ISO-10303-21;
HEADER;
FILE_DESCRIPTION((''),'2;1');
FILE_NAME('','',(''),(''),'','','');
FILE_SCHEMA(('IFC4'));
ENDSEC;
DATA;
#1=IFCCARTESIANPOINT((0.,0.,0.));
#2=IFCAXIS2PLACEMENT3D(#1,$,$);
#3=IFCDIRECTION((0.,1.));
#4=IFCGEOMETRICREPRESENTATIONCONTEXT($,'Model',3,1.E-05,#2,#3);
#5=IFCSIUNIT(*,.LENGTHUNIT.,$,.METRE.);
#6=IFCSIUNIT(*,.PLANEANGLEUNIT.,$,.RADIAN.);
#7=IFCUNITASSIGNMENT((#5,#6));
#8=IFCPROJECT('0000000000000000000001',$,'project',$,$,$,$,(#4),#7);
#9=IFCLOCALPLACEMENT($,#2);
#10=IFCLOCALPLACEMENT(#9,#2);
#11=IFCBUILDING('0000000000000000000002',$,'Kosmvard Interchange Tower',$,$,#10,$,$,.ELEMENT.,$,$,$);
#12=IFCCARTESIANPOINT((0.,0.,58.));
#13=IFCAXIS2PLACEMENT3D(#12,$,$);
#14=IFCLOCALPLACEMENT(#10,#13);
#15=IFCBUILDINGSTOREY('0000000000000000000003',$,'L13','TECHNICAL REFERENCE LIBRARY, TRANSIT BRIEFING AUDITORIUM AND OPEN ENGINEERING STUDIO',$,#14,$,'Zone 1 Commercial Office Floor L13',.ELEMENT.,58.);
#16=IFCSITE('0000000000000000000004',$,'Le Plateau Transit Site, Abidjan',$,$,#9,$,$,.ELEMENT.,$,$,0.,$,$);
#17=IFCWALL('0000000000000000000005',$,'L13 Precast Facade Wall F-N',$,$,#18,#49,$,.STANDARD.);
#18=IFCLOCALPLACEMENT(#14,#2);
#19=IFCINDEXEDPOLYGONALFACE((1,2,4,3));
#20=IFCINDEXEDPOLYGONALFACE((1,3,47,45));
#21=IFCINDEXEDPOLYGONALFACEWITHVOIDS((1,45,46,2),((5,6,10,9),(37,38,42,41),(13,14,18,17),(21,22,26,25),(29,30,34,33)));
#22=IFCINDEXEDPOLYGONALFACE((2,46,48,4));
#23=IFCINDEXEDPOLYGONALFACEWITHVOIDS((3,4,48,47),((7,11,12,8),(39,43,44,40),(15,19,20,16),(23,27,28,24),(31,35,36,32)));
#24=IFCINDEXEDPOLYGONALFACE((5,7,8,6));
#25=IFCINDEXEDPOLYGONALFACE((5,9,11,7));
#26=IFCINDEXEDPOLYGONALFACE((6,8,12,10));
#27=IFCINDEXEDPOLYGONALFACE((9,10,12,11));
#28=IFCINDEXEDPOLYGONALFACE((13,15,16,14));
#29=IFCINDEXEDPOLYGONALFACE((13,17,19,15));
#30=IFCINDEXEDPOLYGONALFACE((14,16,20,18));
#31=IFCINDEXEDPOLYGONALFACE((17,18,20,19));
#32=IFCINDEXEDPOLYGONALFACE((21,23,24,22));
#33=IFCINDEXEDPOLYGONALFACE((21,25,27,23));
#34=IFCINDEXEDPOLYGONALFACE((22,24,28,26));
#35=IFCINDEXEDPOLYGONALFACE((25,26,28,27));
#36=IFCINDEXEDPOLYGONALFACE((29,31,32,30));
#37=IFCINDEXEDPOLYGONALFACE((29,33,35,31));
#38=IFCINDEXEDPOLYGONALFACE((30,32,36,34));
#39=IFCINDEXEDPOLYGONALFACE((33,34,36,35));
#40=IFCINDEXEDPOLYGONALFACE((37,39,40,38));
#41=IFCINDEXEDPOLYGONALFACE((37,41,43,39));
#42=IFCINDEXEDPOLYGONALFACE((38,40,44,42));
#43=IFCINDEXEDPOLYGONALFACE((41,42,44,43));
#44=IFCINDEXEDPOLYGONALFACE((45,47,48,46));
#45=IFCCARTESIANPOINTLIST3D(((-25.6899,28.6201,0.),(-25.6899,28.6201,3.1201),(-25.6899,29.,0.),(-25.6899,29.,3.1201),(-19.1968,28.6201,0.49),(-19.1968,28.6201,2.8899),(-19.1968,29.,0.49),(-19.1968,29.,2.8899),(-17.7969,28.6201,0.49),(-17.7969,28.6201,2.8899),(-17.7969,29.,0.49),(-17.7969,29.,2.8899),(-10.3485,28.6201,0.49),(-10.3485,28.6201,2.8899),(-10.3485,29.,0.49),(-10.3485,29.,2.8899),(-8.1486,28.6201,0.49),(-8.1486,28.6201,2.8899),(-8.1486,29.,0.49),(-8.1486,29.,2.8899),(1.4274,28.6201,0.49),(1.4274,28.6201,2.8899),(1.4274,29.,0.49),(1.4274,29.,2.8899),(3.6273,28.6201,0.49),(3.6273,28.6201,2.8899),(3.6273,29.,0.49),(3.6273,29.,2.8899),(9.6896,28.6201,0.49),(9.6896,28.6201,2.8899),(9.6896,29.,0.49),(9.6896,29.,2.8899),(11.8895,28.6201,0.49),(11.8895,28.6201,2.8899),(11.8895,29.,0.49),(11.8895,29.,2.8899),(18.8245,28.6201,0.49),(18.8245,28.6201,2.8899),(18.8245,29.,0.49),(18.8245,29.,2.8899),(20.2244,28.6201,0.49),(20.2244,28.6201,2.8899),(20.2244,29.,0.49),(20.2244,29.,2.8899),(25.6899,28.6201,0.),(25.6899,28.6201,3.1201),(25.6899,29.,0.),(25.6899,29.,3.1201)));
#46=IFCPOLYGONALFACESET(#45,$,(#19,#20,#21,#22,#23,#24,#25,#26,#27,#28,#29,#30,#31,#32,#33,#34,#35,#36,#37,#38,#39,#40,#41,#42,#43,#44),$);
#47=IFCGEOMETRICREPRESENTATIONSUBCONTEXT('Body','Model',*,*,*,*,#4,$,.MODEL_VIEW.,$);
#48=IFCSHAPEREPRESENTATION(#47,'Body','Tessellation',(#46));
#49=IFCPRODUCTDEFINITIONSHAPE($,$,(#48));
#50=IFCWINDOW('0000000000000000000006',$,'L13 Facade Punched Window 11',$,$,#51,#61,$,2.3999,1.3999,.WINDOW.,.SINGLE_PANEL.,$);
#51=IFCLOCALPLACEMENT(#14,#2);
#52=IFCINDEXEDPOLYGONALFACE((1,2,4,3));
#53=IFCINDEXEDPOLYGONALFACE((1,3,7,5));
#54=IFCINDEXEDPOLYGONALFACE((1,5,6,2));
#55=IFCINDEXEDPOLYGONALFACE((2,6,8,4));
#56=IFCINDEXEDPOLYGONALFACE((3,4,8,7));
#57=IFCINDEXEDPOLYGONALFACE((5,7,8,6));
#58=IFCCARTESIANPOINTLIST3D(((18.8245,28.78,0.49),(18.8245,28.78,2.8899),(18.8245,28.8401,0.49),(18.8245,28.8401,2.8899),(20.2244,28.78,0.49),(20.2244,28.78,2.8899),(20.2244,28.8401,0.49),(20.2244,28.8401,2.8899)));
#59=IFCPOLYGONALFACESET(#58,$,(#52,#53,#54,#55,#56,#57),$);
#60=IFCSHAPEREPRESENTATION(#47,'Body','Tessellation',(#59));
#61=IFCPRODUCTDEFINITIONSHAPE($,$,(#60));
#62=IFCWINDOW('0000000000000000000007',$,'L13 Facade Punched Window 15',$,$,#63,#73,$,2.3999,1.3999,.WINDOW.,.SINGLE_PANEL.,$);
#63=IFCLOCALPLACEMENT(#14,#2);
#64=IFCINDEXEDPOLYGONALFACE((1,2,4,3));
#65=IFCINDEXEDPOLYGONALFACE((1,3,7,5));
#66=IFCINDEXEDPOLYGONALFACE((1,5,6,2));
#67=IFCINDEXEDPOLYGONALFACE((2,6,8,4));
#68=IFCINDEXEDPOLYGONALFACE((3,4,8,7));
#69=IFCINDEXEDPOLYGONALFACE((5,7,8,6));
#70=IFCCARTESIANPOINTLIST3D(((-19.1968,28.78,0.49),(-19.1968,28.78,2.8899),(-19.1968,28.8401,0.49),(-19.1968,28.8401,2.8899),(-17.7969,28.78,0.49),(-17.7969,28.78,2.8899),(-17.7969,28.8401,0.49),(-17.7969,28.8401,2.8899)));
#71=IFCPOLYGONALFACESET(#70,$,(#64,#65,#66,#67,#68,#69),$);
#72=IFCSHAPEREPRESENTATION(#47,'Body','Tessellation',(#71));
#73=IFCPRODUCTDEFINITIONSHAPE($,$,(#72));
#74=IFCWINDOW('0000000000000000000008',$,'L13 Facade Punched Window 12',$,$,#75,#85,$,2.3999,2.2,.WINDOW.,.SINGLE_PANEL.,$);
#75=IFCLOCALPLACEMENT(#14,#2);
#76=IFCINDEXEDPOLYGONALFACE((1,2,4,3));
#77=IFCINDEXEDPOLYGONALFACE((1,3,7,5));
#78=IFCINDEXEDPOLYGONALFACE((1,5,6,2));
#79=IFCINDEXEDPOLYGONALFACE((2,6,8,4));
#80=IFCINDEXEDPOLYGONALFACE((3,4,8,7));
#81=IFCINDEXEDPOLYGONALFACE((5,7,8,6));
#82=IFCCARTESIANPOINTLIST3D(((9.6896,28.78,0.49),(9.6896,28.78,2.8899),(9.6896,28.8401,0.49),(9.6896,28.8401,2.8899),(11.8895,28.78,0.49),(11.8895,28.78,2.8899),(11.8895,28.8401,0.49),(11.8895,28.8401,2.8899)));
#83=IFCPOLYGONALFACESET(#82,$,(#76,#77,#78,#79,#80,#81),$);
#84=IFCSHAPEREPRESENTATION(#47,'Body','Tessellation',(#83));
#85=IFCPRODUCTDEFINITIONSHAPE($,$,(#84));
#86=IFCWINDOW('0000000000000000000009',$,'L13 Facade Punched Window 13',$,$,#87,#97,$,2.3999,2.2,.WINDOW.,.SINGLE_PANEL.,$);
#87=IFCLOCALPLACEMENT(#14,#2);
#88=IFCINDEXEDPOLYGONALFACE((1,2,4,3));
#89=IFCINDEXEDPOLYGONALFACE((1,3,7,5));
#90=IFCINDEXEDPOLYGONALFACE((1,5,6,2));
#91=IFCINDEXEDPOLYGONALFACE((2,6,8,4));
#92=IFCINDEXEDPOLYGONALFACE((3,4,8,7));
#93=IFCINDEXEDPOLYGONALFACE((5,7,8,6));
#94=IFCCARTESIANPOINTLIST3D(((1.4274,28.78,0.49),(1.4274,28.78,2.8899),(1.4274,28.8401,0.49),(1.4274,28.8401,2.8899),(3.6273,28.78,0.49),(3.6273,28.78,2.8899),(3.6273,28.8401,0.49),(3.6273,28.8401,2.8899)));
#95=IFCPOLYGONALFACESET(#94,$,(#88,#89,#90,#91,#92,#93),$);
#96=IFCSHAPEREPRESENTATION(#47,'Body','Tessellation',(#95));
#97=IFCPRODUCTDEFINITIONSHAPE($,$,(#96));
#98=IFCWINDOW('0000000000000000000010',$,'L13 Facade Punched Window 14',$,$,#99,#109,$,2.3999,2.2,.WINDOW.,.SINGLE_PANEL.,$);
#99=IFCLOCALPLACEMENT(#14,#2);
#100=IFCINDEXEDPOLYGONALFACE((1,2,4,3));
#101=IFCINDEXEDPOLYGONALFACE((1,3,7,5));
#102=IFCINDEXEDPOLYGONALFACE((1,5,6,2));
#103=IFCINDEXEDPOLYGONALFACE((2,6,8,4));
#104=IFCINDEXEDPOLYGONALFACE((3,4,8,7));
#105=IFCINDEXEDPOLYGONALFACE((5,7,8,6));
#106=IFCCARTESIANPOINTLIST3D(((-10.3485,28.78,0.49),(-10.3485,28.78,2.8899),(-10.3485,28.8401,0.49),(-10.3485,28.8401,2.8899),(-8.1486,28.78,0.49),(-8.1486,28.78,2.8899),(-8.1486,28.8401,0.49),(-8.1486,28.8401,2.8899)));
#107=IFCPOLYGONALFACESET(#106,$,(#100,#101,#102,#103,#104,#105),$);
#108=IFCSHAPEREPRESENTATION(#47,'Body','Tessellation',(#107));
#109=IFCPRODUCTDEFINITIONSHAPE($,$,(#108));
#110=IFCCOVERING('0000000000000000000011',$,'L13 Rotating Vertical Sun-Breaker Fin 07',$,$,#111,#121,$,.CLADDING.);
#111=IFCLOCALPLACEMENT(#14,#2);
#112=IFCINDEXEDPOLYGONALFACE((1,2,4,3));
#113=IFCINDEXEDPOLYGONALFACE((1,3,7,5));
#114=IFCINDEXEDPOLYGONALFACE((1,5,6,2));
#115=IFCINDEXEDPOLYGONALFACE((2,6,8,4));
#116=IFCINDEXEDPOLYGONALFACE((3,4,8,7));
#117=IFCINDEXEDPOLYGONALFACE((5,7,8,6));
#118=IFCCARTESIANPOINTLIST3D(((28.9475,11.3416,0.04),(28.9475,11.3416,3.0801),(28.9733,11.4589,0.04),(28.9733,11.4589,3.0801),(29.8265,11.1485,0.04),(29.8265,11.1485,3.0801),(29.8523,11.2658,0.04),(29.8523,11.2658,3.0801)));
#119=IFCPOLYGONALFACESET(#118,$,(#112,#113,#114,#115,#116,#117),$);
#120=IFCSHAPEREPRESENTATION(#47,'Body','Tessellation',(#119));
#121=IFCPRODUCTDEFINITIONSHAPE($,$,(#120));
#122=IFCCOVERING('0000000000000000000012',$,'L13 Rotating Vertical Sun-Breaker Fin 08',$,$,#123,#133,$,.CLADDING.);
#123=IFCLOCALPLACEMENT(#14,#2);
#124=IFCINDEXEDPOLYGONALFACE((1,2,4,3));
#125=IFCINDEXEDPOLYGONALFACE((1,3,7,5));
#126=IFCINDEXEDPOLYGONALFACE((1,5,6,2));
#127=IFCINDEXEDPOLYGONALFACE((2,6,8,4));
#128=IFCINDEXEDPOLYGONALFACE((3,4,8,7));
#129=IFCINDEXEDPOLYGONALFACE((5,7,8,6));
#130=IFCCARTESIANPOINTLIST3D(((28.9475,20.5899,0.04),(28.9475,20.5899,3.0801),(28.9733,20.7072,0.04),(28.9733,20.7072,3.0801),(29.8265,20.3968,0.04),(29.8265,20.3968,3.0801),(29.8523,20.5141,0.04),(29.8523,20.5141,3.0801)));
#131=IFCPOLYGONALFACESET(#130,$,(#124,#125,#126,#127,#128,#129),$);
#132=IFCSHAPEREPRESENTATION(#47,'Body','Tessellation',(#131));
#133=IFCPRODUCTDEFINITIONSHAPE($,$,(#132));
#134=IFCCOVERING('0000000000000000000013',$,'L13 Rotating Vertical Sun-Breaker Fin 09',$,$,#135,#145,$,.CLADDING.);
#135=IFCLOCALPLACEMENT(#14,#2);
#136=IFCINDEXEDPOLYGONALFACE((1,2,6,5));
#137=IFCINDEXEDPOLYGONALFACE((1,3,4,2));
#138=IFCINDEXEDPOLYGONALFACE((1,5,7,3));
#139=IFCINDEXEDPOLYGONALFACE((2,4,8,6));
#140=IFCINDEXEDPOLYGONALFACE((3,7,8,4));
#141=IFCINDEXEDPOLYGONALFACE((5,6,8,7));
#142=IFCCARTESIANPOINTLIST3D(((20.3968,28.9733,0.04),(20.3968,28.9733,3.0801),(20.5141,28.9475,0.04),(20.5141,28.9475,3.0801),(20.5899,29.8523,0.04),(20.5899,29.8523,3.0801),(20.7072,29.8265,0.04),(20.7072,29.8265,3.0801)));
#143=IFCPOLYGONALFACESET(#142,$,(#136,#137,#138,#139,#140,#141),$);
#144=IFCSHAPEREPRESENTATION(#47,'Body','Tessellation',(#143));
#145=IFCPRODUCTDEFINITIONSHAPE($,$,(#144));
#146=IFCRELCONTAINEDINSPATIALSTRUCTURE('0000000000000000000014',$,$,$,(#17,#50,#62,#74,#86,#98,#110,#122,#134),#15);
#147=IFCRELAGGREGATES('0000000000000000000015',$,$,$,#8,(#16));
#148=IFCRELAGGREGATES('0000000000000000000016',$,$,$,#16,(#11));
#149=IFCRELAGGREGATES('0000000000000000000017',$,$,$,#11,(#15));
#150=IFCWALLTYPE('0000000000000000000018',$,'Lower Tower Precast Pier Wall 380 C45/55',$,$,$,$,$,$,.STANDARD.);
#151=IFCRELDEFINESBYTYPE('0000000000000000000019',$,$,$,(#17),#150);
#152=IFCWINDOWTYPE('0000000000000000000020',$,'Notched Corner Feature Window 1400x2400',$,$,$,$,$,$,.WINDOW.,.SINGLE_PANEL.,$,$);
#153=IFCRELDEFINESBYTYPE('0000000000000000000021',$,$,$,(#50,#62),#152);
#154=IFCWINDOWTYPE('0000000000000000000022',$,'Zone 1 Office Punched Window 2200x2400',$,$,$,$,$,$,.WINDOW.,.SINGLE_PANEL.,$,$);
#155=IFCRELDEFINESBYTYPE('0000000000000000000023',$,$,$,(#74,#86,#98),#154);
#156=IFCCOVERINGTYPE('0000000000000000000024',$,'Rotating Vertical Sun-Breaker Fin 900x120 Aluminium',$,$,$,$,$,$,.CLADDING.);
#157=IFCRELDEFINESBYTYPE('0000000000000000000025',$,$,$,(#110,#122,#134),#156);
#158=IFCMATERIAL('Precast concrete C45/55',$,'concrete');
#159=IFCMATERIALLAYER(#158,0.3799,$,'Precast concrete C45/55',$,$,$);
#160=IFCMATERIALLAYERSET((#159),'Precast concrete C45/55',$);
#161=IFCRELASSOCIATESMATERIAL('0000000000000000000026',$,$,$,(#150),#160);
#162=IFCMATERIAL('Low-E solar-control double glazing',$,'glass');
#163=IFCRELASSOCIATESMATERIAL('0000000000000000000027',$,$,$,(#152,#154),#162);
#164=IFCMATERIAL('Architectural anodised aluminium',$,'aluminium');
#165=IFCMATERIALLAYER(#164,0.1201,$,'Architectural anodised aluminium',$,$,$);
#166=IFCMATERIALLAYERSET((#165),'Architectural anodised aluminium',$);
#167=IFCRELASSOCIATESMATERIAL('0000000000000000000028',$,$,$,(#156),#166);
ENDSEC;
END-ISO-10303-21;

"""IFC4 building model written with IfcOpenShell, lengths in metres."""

from ifc_helpers import new_model, si_unit, direction, frame, frame_2d, origin, origin_2d, place, context, subcontext, project, spatial, rectangle, extrude, source, transform, mapped, material, layer, layer_set, type_object, element, fill, save


model = new_model("IFC4")

# Units and contexts
model_context = context("Model", 3, precision=1e-05, world=origin(), true_north=direction((0.0, 1.0)))
body_context = subcontext(model_context, "Body", "Model", "MODEL_VIEW")
ifc_project = project(units=[si_unit("LENGTHUNIT", "METRE"), si_unit("PLANEANGLEUNIT", "RADIAN")], contexts=[model_context])

# Site, building, storey
site_placement = place(None, origin())
site = spatial("IfcSite", under=ifc_project, at=site_placement, Name="Le Plateau Transit Site, Abidjan", CompositionType="ELEMENT", RefElevation=0.0)
building_placement = place(site_placement, origin())
building = spatial("IfcBuilding", under=site, at=building_placement, Name="Kosmvard Interchange Tower", CompositionType="ELEMENT")
storey_placement = place(building_placement, frame((0.0, 0.0, 58.0)))
storey = spatial("IfcBuildingStorey", under=building, at=storey_placement, Name="L13", Description="TECHNICAL REFERENCE LIBRARY, TRANSIT BRIEFING AUDITORIUM AND OPEN ENGINEERING STUDIO", LongName="Zone 1 Commercial Office Floor L13", CompositionType="ELEMENT", Elevation=58.0)

# Shared definitions
ifc_material_1 = material(Name="Precast concrete C45/55", Category="concrete")

# Shared definitions
ifc_layer_1 = layer(ifc_material_1, 0.3799, Name="Precast concrete C45/55")
ifc_layer_set_1 = layer_set([ifc_layer_1], Name="Precast concrete C45/55")
wall_type = type_object("IfcWallType", Name="Lower Tower Precast Pier Wall 380 C45/55", PredefinedType="STANDARD", material=ifc_layer_set_1)

# Wall, openings, windows
wall_1_placement = place(storey_placement, frame((25.6899, 28.8101, 0.0), z_axis=(0.0, 0.0, 1.0), x_axis=(-1.0, 0.0, 0.0)))
wall_1 = element("IfcWall", 1, at=wall_1_placement, inside=storey, type_object=wall_type, Name="L13 Precast Facade Wall F-N", PredefinedType="STANDARD", context=body_context, shape_type="SweptSolid", body=[
    extrude(rectangle(XDim=51.3799, YDim=0.3799, at=frame_2d((25.6899, 0.0))), origin(), (0.0, 0.0, 1.0), 3.1201),
])
opening_1_placement = place(wall_1_placement, frame((5.4656, 0.0, 0.49)))
opening_1 = element("IfcOpeningElement", 2, at=opening_1_placement, cuts=wall_1, PredefinedType="OPENING", context=body_context, shape_type="SweptSolid", body=[
    extrude(rectangle(XDim=1.3999, YDim=2.3999, at=frame_2d((0.7, 1.2))), frame((0.0, 0.2, 0.0), z_axis=(0.0, -1.0, 0.0), x_axis=(1.0, 0.0, 0.0)), (0.0, 0.0, 1.0), 0.3999),
])
opening_2_placement = place(wall_1_placement, frame((13.8003, 0.0, 0.49)))
opening_2 = element("IfcOpeningElement", 3, at=opening_2_placement, cuts=wall_1, PredefinedType="OPENING", context=body_context, shape_type="SweptSolid", body=[
    extrude(rectangle(XDim=2.2, YDim=2.3999, at=frame_2d((1.1001, 1.2))), frame((0.0, 0.2, 0.0), z_axis=(0.0, -1.0, 0.0), x_axis=(1.0, 0.0, 0.0)), (0.0, 0.0, 1.0), 0.3999),
])
opening_3_placement = place(wall_1_placement, frame((22.0625, 0.0, 0.49)))
opening_3 = element("IfcOpeningElement", 4, at=opening_3_placement, cuts=wall_1, PredefinedType="OPENING", context=body_context, shape_type="SweptSolid", body=[
    extrude(rectangle(XDim=2.2, YDim=2.3999, at=frame_2d((1.1001, 1.2))), frame((0.0, 0.2, 0.0), z_axis=(0.0, -1.0, 0.0), x_axis=(1.0, 0.0, 0.0)), (0.0, 0.0, 1.0), 0.3999),
])
opening_4_placement = place(wall_1_placement, frame((33.8384, 0.0, 0.49)))
opening_4 = element("IfcOpeningElement", 5, at=opening_4_placement, cuts=wall_1, PredefinedType="OPENING", context=body_context, shape_type="SweptSolid", body=[
    extrude(rectangle(XDim=2.2, YDim=2.3999, at=frame_2d((1.1001, 1.2))), frame((0.0, 0.2, 0.0), z_axis=(0.0, -1.0, 0.0), x_axis=(1.0, 0.0, 0.0)), (0.0, 0.0, 1.0), 0.3999),
])
opening_5_placement = place(wall_1_placement, frame((43.4868, 0.0, 0.49)))
opening_5 = element("IfcOpeningElement", 6, at=opening_5_placement, cuts=wall_1, PredefinedType="OPENING", context=body_context, shape_type="SweptSolid", body=[
    extrude(rectangle(XDim=1.3999, YDim=2.3999, at=frame_2d((0.7, 1.2))), frame((0.0, 0.2, 0.0), z_axis=(0.0, -1.0, 0.0), x_axis=(1.0, 0.0, 0.0)), (0.0, 0.0, 1.0), 0.3999),
])
ifc_material_2 = material(Name="Low-E solar-control double glazing", Category="glass")
window_type_1 = type_object("IfcWindowType", Name="Notched Corner Feature Window 1400x2400", PartitioningType="SINGLE_PANEL", PredefinedType="WINDOW", material=ifc_material_2)
shared_shape_1 = source(origin(), body_context, "Body", "SweptSolid", [
    extrude(rectangle(XDim=1.3999, YDim=2.3999, at=frame_2d((0.7, 1.2))), frame((0.0, 0.03, 0.0), z_axis=(0.0, -1.0, 0.0), x_axis=(1.0, 0.0, 0.0)), (0.0, 0.0, 1.0), 0.0601),
])
window_1_placement = place(opening_1_placement, origin())
window_1 = element("IfcWindow", 7, at=window_1_placement, inside=storey, type_object=window_type_1, Name="L13 Facade Punched Window 11", OverallHeight=2.3999, OverallWidth=1.3999, PartitioningType="SINGLE_PANEL", PredefinedType="WINDOW", context=body_context, shape_type="MappedRepresentation", body=[
    mapped(shared_shape_1, transform((0.0, 0.0, 0.0), scale=1.0)),
])
fill(opening_1, window_1)
window_2_placement = place(opening_5_placement, origin())
window_2 = element("IfcWindow", 8, at=window_2_placement, inside=storey, type_object=window_type_1, Name="L13 Facade Punched Window 15", OverallHeight=2.3999, OverallWidth=1.3999, PartitioningType="SINGLE_PANEL", PredefinedType="WINDOW", context=body_context, shape_type="MappedRepresentation", body=[
    mapped(shared_shape_1, transform((0.0, 0.0, 0.0), scale=1.0)),
])
fill(opening_5, window_2)
window_type_2 = type_object("IfcWindowType", Name="Zone 1 Office Punched Window 2200x2400", PartitioningType="SINGLE_PANEL", PredefinedType="WINDOW", material=ifc_material_2)
shared_shape_2 = source(origin(), body_context, "Body", "SweptSolid", [
    extrude(rectangle(XDim=2.2, YDim=2.3999, at=frame_2d((1.1001, 1.2))), frame((0.0, 0.03, 0.0), z_axis=(0.0, -1.0, 0.0), x_axis=(1.0, 0.0, 0.0)), (0.0, 0.0, 1.0), 0.0601),
])
window_3_placement = place(opening_2_placement, origin())
window_3 = element("IfcWindow", 9, at=window_3_placement, inside=storey, type_object=window_type_2, Name="L13 Facade Punched Window 12", OverallHeight=2.3999, OverallWidth=2.2, PartitioningType="SINGLE_PANEL", PredefinedType="WINDOW", context=body_context, shape_type="MappedRepresentation", body=[
    mapped(shared_shape_2, transform((0.0, 0.0, 0.0), scale=1.0)),
])
fill(opening_2, window_3)
window_4_placement = place(opening_3_placement, origin())
window_4 = element("IfcWindow", 10, at=window_4_placement, inside=storey, type_object=window_type_2, Name="L13 Facade Punched Window 13", OverallHeight=2.3999, OverallWidth=2.2, PartitioningType="SINGLE_PANEL", PredefinedType="WINDOW", context=body_context, shape_type="MappedRepresentation", body=[
    mapped(shared_shape_2, transform((0.0, 0.0, 0.0), scale=1.0)),
])
fill(opening_3, window_4)
window_5_placement = place(opening_4_placement, origin())
window_5 = element("IfcWindow", 11, at=window_5_placement, inside=storey, type_object=window_type_2, Name="L13 Facade Punched Window 14", OverallHeight=2.3999, OverallWidth=2.2, PartitioningType="SINGLE_PANEL", PredefinedType="WINDOW", context=body_context, shape_type="MappedRepresentation", body=[
    mapped(shared_shape_2, transform((0.0, 0.0, 0.0), scale=1.0)),
])
fill(opening_4, window_5)

# Coverings
ifc_material_3 = material(Name="Architectural anodised aluminium", Category="aluminium")
ifc_layer_2 = layer(ifc_material_3, 0.1201, Name="Architectural anodised aluminium")
ifc_layer_set_2 = layer_set([ifc_layer_2], Name="Architectural anodised aluminium")
covering_type = type_object("IfcCoveringType", Name="Rotating Vertical Sun-Breaker Fin 900x120 Aluminium", PredefinedType="CLADDING", material=ifc_layer_set_2)
shared_shape_3 = source(origin(), body_context, "Body", "SweptSolid", [
    extrude(rectangle(XDim=0.8999, YDim=0.1201, at=origin_2d()), origin(), (0.0, 0.0, 1.0), 3.04),
])
for number, where, z_axis, x_axis, name in (
    (12, (29.3999, 11.3037, 0.04), (0.0, 0.0, 1.0), (0.97671, -0.214565, 0.0), "L13 Rotating Vertical Sun-Breaker Fin 07"),
    (13, (29.3999, 20.552, 0.04), (0.0, 0.0, 1.0), (0.97671, -0.214565, 0.0), "L13 Rotating Vertical Sun-Breaker Fin 08"),
    (14, (20.552, 29.3999, 0.04), (0.0, 0.0, 1.0), (0.214565, 0.97671, 0.0), "L13 Rotating Vertical Sun-Breaker Fin 09"),
):
    element("IfcCovering", number, at=place(storey_placement, frame(where, z_axis=z_axis, x_axis=x_axis)), inside=storey, type_object=covering_type, Name=name, PredefinedType="CLADDING", context=body_context, shape_type="MappedRepresentation", body=[
        mapped(shared_shape_3, transform((0.0, 0.0, 0.0), scale=1.0)),
    ])

save(model, "model.ifc")
